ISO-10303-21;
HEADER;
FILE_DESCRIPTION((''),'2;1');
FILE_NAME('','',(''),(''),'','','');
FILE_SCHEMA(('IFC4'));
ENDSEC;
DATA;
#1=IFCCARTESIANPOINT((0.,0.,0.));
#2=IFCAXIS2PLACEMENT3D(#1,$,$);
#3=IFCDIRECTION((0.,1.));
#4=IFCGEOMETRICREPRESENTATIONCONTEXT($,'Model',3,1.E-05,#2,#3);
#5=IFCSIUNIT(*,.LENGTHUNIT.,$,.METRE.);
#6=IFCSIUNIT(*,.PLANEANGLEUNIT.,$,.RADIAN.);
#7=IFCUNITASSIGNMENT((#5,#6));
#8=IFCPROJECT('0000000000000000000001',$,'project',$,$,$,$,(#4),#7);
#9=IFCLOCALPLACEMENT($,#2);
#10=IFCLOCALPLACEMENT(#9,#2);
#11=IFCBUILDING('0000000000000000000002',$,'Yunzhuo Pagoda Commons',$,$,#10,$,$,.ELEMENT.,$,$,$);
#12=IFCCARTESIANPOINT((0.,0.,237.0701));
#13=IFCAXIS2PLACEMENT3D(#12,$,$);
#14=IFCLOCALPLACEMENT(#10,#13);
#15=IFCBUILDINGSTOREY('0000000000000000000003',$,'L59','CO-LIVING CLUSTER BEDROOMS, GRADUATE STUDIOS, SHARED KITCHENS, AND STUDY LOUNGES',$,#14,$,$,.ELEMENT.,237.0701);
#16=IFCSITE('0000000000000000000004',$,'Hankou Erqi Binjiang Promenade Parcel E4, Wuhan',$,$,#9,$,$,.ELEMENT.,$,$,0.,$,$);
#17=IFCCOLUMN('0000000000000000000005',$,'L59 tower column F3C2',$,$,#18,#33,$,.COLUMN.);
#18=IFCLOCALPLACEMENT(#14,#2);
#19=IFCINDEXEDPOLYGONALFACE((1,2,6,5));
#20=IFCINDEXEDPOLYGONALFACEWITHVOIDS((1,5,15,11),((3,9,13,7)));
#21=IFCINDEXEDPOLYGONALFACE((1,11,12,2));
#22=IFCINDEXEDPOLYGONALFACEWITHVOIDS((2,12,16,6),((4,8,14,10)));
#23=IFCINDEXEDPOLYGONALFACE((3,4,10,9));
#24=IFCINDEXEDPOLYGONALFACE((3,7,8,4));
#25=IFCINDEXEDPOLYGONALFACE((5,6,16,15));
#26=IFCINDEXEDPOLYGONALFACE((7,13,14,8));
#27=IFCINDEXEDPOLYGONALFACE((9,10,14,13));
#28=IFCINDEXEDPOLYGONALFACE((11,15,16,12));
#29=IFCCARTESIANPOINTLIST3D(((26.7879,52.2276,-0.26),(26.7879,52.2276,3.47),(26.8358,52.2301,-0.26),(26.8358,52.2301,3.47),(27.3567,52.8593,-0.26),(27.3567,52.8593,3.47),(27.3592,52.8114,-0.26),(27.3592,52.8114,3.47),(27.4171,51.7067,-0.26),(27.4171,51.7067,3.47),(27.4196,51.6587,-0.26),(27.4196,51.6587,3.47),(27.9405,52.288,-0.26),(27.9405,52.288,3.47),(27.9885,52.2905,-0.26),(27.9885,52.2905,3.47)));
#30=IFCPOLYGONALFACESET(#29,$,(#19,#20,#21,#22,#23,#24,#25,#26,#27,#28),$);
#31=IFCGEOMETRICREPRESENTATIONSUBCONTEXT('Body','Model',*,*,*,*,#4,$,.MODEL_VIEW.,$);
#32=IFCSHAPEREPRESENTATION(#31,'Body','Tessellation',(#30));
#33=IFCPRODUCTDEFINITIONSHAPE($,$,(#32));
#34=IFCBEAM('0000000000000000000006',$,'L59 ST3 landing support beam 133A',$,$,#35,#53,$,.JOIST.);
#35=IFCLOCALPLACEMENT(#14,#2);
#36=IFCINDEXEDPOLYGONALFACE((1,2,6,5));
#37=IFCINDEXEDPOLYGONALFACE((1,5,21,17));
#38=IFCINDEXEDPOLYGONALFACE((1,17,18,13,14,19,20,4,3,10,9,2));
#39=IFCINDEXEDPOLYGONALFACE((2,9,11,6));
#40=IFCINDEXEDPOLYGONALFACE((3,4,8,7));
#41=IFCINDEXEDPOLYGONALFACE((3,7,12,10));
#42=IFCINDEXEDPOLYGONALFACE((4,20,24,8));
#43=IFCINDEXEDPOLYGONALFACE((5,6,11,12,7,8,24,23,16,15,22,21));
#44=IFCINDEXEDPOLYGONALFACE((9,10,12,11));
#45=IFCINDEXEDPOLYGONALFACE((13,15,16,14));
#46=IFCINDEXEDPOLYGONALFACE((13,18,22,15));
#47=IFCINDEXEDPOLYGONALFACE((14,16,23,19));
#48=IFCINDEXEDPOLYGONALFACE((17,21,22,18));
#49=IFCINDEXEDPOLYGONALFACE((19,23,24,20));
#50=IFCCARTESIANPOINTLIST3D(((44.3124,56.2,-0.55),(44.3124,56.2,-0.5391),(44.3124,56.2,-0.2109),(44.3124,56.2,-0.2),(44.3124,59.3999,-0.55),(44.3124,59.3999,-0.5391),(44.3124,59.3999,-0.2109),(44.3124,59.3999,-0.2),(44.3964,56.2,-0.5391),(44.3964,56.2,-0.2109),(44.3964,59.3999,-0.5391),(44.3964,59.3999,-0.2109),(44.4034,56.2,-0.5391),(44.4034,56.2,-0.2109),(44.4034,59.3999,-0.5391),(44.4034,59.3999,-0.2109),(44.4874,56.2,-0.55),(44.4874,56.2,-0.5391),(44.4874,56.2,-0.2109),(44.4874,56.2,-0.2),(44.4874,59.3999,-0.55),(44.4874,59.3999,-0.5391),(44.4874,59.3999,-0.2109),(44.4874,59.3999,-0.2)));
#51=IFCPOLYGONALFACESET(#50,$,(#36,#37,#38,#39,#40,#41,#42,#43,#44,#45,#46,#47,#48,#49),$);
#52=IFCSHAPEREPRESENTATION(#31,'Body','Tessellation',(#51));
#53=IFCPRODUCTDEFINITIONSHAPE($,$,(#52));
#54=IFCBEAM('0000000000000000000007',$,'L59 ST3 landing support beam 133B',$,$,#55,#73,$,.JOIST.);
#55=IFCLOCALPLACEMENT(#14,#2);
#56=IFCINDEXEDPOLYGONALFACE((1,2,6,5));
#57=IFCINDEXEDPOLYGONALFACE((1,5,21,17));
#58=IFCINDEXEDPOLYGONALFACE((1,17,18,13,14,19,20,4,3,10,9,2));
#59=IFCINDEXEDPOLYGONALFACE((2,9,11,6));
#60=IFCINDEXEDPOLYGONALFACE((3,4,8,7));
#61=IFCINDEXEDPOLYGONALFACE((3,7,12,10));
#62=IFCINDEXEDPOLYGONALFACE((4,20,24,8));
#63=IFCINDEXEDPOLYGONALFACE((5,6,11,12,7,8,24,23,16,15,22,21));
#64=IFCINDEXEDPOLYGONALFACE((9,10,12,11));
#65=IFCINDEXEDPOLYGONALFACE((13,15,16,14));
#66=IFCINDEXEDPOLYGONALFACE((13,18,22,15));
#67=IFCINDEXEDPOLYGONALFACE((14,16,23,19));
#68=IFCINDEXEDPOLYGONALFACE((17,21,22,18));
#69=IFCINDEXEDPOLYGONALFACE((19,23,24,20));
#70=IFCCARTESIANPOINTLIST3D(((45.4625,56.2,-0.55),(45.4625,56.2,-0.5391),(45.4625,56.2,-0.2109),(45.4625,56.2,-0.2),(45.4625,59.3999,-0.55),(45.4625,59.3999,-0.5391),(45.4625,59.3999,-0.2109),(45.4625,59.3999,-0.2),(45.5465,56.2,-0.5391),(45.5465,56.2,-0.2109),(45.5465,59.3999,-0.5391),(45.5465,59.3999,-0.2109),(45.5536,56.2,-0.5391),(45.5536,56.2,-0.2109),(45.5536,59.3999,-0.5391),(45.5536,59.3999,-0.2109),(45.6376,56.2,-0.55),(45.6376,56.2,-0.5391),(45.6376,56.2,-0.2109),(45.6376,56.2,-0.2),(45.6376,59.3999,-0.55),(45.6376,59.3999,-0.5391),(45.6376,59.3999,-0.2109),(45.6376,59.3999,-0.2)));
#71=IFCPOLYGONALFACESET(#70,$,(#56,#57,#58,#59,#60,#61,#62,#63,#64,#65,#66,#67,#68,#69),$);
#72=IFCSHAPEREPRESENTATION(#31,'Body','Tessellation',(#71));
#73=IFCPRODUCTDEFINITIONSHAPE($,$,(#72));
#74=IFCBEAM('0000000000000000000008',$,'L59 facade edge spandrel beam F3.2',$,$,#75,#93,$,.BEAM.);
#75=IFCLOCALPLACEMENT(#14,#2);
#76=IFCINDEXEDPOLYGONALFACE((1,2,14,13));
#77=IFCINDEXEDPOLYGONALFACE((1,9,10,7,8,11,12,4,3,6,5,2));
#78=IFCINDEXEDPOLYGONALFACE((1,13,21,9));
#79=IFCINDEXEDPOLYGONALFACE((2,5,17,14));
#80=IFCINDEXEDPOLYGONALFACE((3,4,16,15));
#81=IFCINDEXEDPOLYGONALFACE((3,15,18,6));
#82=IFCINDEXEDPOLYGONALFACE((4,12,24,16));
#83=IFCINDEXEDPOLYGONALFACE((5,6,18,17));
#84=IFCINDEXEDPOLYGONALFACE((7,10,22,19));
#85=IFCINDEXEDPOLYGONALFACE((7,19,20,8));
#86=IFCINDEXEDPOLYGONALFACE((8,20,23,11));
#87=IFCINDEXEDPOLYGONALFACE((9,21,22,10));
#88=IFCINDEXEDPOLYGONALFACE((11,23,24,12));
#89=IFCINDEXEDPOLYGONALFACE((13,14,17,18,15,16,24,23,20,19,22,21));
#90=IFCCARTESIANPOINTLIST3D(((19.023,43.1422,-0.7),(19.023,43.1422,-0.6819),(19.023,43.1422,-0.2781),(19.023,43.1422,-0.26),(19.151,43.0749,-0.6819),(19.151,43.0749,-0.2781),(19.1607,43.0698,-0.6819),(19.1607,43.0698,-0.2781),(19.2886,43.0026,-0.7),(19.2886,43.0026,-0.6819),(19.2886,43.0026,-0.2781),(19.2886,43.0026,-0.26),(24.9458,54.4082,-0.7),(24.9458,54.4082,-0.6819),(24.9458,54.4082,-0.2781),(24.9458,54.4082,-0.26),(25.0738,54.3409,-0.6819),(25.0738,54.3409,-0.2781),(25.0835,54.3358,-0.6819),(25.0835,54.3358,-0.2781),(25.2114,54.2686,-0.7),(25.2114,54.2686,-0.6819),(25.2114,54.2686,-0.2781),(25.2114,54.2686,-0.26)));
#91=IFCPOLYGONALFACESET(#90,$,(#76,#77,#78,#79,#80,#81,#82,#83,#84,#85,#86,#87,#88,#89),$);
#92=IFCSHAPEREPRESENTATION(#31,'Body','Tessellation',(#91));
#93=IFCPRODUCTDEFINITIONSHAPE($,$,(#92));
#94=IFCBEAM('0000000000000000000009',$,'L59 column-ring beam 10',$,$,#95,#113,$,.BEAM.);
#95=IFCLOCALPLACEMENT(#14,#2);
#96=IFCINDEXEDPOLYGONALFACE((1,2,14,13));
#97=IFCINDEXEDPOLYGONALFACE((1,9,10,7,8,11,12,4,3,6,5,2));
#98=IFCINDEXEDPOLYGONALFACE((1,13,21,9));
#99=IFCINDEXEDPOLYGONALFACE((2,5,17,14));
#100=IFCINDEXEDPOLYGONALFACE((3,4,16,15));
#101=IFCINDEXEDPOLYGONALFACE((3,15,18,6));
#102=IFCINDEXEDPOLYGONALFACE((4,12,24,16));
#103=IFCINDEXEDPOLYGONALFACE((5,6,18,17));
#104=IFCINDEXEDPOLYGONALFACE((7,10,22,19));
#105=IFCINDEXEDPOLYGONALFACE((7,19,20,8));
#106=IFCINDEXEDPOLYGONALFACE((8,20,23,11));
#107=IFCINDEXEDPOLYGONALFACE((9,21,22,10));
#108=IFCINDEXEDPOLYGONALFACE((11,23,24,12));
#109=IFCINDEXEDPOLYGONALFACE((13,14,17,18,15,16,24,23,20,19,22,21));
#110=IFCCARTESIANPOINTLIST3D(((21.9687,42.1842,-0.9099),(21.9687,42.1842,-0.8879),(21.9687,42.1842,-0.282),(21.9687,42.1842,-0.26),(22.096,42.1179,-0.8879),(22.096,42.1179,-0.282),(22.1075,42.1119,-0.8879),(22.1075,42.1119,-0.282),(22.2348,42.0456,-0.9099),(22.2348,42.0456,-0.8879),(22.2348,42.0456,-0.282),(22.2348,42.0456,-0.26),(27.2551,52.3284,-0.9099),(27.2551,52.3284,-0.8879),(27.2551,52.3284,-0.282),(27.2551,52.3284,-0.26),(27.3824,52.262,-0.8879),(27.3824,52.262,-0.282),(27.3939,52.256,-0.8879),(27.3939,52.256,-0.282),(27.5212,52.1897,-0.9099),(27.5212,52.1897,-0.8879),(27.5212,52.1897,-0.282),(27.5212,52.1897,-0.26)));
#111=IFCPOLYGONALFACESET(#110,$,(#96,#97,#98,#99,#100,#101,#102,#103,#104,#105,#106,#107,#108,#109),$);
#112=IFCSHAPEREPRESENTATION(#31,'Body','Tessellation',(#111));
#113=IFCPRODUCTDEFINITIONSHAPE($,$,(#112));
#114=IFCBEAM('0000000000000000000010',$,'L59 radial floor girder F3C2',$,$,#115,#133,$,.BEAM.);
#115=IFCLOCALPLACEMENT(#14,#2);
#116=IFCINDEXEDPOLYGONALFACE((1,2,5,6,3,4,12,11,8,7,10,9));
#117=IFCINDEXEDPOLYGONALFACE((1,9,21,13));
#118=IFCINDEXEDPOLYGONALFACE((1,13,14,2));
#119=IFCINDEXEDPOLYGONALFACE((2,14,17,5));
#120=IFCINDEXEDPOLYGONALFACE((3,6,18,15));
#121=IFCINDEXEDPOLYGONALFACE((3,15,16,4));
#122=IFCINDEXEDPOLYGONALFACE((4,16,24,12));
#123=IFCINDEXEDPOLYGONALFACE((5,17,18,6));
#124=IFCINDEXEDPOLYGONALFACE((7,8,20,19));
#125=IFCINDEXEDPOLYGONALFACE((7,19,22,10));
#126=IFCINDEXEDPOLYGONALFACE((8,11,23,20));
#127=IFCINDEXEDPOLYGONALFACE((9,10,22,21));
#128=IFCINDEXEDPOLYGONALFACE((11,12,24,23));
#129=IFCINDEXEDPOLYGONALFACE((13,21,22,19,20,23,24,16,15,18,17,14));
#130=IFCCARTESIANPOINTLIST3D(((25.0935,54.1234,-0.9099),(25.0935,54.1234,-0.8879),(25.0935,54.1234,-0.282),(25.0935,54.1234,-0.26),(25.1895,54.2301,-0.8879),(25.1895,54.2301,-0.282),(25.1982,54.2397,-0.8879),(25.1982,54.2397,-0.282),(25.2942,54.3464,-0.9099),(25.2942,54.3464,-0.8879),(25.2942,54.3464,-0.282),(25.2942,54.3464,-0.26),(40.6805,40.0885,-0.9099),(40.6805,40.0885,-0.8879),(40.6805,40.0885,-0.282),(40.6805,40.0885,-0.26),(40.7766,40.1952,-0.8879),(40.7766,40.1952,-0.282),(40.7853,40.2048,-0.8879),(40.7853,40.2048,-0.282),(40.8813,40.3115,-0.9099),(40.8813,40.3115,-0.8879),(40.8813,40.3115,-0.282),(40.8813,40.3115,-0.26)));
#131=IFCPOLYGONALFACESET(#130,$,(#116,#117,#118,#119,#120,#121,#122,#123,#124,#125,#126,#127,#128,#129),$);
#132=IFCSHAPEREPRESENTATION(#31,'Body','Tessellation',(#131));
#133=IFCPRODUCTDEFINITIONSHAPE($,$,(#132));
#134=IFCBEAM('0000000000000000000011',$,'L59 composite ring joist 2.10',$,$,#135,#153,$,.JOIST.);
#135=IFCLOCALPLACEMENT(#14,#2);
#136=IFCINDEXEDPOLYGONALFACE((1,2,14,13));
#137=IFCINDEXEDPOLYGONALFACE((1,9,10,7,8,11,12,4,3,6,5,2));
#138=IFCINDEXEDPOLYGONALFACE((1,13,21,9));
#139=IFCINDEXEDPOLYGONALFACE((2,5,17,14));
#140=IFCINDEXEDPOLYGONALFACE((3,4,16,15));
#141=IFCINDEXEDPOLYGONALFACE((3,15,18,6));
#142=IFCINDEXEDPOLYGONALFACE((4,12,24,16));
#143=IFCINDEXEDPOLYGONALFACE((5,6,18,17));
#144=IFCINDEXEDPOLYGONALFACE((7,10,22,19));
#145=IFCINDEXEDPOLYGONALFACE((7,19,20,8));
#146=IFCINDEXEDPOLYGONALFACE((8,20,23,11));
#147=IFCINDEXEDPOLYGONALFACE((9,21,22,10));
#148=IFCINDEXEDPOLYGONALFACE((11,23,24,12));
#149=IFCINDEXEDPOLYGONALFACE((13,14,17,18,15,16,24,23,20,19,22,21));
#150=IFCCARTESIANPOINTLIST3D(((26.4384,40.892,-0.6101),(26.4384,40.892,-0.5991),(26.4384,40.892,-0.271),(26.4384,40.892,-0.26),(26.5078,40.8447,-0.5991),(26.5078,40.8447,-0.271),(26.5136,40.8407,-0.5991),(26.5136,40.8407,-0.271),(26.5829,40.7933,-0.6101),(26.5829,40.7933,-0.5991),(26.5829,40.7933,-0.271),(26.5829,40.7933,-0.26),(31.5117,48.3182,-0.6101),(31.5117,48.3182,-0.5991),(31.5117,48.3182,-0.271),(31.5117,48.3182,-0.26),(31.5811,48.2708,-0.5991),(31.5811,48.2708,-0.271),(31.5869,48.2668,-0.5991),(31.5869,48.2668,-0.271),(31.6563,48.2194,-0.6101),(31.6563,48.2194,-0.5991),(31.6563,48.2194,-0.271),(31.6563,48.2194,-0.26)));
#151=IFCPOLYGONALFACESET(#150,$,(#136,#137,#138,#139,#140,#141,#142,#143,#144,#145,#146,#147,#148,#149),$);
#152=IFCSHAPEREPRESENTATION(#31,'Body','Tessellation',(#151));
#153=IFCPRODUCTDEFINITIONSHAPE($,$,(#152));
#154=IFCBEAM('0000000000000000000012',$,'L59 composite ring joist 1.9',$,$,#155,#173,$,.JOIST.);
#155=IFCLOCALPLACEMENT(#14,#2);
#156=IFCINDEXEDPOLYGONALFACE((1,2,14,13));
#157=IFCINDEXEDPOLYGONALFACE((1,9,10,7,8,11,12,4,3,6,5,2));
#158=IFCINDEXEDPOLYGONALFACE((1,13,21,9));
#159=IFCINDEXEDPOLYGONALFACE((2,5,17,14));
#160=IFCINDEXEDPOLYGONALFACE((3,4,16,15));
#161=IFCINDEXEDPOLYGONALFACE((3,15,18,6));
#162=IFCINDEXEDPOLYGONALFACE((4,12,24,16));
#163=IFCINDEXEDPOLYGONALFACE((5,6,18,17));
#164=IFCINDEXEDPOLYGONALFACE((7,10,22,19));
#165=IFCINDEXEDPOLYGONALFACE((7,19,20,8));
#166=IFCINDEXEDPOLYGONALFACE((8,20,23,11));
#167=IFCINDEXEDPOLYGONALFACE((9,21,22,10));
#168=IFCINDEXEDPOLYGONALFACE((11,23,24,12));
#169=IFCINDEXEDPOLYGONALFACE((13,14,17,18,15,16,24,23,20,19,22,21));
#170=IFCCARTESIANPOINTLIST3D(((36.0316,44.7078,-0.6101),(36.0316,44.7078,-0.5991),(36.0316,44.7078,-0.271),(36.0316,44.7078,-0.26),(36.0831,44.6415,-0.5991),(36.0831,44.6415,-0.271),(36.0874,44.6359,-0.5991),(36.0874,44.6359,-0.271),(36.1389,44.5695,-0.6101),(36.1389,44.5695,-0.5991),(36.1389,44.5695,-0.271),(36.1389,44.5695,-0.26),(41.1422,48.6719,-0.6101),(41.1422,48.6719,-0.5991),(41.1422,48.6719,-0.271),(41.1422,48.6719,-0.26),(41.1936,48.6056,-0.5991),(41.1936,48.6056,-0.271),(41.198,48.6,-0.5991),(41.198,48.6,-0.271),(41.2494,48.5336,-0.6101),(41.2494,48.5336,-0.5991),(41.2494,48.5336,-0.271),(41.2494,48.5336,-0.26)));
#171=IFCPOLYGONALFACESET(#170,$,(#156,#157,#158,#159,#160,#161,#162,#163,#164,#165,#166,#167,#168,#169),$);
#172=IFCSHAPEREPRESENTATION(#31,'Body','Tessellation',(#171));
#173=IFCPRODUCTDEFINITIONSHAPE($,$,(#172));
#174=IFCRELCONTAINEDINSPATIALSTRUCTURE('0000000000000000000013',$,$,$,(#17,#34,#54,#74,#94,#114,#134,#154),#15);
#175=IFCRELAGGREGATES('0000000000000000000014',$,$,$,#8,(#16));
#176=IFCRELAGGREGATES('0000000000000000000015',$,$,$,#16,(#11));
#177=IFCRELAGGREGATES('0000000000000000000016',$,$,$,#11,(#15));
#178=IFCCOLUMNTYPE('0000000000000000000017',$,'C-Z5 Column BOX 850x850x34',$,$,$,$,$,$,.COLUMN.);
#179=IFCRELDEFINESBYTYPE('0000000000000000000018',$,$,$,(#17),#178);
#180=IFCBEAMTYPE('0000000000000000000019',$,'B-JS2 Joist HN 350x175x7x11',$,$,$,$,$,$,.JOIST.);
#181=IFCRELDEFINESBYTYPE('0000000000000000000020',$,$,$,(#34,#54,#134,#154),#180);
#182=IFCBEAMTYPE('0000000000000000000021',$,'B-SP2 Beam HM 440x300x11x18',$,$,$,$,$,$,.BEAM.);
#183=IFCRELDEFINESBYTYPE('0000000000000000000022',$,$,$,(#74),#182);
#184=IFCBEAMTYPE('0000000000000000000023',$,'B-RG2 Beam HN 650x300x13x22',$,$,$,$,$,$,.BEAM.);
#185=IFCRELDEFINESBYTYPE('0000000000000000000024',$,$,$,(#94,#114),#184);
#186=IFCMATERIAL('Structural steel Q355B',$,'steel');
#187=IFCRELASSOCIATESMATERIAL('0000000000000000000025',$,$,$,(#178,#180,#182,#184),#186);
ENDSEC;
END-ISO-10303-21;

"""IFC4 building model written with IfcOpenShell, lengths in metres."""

from ifc_helpers import new_model, si_unit, direction, frame, origin, origin_2d, place, context, subcontext, project, spatial, hollow_rectangle, i_section, extrude, source, transform, mapped, material, material_profile, profile_set, type_object, element, save


model = new_model("IFC4")

# Units and contexts
model_context = context("Model", 3, precision=1e-05, world=origin(), true_north=direction((0.0, 1.0)))
body_context = subcontext(model_context, "Body", "Model", "MODEL_VIEW")
ifc_project = project(units=[si_unit("LENGTHUNIT", "METRE"), si_unit("PLANEANGLEUNIT", "RADIAN")], contexts=[model_context])

# Site, building, storey
site_placement = place(None, origin())
site = spatial("IfcSite", under=ifc_project, at=site_placement, Name="Hankou Erqi Binjiang Promenade Parcel E4, Wuhan", CompositionType="ELEMENT", RefElevation=0.0)
building_placement = place(site_placement, origin())
building = spatial("IfcBuilding", under=site, at=building_placement, Name="Yunzhuo Pagoda Commons", CompositionType="ELEMENT")
storey_placement = place(building_placement, frame((0.0, 0.0, 237.0701)))
storey = spatial("IfcBuildingStorey", under=building, at=storey_placement, Name="L59", Description="CO-LIVING CLUSTER BEDROOMS, GRADUATE STUDIOS, SHARED KITCHENS, AND STUDY LOUNGES", CompositionType="ELEMENT", Elevation=237.0701)

# Column
ifc_material_1 = material(Name="Structural steel Q355B", Category="steel")
ifc_material_profile_1 = material_profile(ifc_material_1, hollow_rectangle(XDim=0.8501, YDim=0.8501, WallThickness=0.0339, at=origin_2d()), Name="Structural steel Q355B")
ifc_profile_set_1 = profile_set([ifc_material_profile_1], Name="Structural steel Q355B")
column_type = type_object("IfcColumnType", Name="C-Z5 Column BOX 850x850x34", PredefinedType="COLUMN", material=ifc_profile_set_1)
shared_shape_1 = source(origin(), body_context, "Body", "SweptSolid", [
    extrude(hollow_rectangle(XDim=0.8501, YDim=0.8501, WallThickness=0.0339, at=origin_2d()), origin(), (0.0, 0.0, 1.0), 3.73),
])
column_placement = place(storey_placement, frame((27.3882, 52.259, -0.26), z_axis=(0.0, 0.0, 1.0), x_axis=(-0.669131, -0.743145, 0.0)))
element("IfcColumn", 1, at=column_placement, inside=storey, type_object=column_type, Name="L59 tower column F3C2", PredefinedType="COLUMN", context=body_context, shape_type="MappedRepresentation", body=[
    mapped(shared_shape_1, transform((0.0, 0.0, 0.0), scale=1.0)),
])

# Beams
ifc_material_profile_2 = material_profile(ifc_material_1, i_section(OverallWidth=0.175, OverallDepth=0.3501, WebThickness=0.0071, FlangeThickness=0.011, at=origin_2d()), Name="Structural steel Q355B")
ifc_profile_set_2 = profile_set([ifc_material_profile_2], Name="Structural steel Q355B")
beam_type_1 = type_object("IfcBeamType", Name="B-JS2 Joist HN 350x175x7x11", PredefinedType="JOIST", material=ifc_profile_set_2)
shared_shape_2 = source(origin(), body_context, "Body", "SweptSolid", [
    extrude(i_section(OverallWidth=0.175, OverallDepth=0.3501, WebThickness=0.0071, FlangeThickness=0.011, at=origin_2d()), origin(), (0.0, 0.0, 1.0), 3.2),
])
for number, where, z_axis, x_axis, name in (
    (2, (44.3999, 56.2, -0.375), (0.0, 1.0, 0.0), (-1.0, 0.0, 0.0), "L59 ST3 landing support beam 133A"),
    (3, (45.55, 56.2, -0.375), (0.0, 1.0, 0.0), (-1.0, 0.0, 0.0), "L59 ST3 landing support beam 133B"),
):
    element("IfcBeam", number, at=place(storey_placement, frame(where, z_axis=z_axis, x_axis=x_axis)), inside=storey, type_object=beam_type_1, Name=name, PredefinedType="JOIST", context=body_context, shape_type="MappedRepresentation", body=[
        mapped(shared_shape_2, transform((0.0, 0.0, 0.0), scale=1.0)),
    ])
ifc_material_profile_3 = material_profile(ifc_material_1, i_section(OverallWidth=0.3, OverallDepth=0.4399, WebThickness=0.011, FlangeThickness=0.0181, at=origin_2d()), Name="Structural steel Q355B")
ifc_profile_set_3 = profile_set([ifc_material_profile_3], Name="Structural steel Q355B")
beam_type_2 = type_object("IfcBeamType", Name="B-SP2 Beam HM 440x300x11x18", PredefinedType="BEAM", material=ifc_profile_set_3)
shared_shape_3 = source(origin(), body_context, "Body", "SweptSolid", [
    extrude(i_section(OverallWidth=0.3, OverallDepth=0.4399, WebThickness=0.011, FlangeThickness=0.0181, at=origin_2d()), origin(), (0.0, 0.0, 1.0), 12.728),
])
beam_1_placement = place(storey_placement, frame((25.0786, 54.3384, -0.48), z_axis=(-0.465335, -0.885134, 0.0), x_axis=(0.885134, -0.465335, 0.0)))
element("IfcBeam", 4, at=beam_1_placement, inside=storey, type_object=beam_type_2, Name="L59 facade edge spandrel beam F3.2", PredefinedType="BEAM", context=body_context, shape_type="MappedRepresentation", body=[
    mapped(shared_shape_3, transform((0.0, 0.0, 0.0), scale=1.0)),
])
ifc_material_profile_4 = material_profile(ifc_material_1, i_section(OverallWidth=0.3, OverallDepth=0.6499, WebThickness=0.0129, FlangeThickness=0.022, at=origin_2d()), Name="Structural steel Q355B")
ifc_profile_set_4 = profile_set([ifc_material_profile_4], Name="Structural steel Q355B")
beam_type_3 = type_object("IfcBeamType", Name="B-RG2 Beam HN 650x300x13x22", PredefinedType="BEAM", material=ifc_profile_set_4)
shared_shape_4 = source(origin(), body_context, "Body", "SweptSolid", [
    extrude(i_section(OverallWidth=0.3, OverallDepth=0.6499, WebThickness=0.0129, FlangeThickness=0.022, at=origin_2d()), origin(), (0.0, 0.0, 1.0), 11.439),
])
beam_2_placement = place(storey_placement, frame((27.3882, 52.259, -0.585), z_axis=(-0.462142, -0.886806, 0.0), x_axis=(0.886806, -0.462142, 0.0)))
element("IfcBeam", 5, at=beam_2_placement, inside=storey, type_object=beam_type_3, Name="L59 column-ring beam 10", PredefinedType="BEAM", context=body_context, shape_type="MappedRepresentation", body=[
    mapped(shared_shape_4, transform((0.0, 0.0, 0.0), scale=1.0)),
])
shared_shape_5 = source(origin(), body_context, "Body", "SweptSolid", [
    extrude(i_section(OverallWidth=0.3, OverallDepth=0.6499, WebThickness=0.0129, FlangeThickness=0.022, at=origin_2d()), origin(), (0.0, 0.0, 1.0), 20.9746),
])
beam_3_placement = place(storey_placement, frame((25.1938, 54.2349, -0.585), z_axis=(0.743141, -0.669135, 0.0), x_axis=(0.669135, 0.743141, 0.0)))
element("IfcBeam", 6, at=beam_3_placement, inside=storey, type_object=beam_type_3, Name="L59 radial floor girder F3C2", PredefinedType="BEAM", context=body_context, shape_type="MappedRepresentation", body=[
    mapped(shared_shape_5, transform((0.0, 0.0, 0.0), scale=1.0)),
])
shared_shape_6 = source(origin(), body_context, "Body", "SweptSolid", [
    extrude(i_section(OverallWidth=0.175, OverallDepth=0.3501, WebThickness=0.0071, FlangeThickness=0.011, at=origin_2d()), origin(), (0.0, 0.0, 1.0), 8.9937),
])
beam_4_placement = place(storey_placement, frame((31.584, 48.2688, -0.4351), z_axis=(-0.564099, -0.825707, 0.0), x_axis=(0.825707, -0.564099, 0.0)))
element("IfcBeam", 7, at=beam_4_placement, inside=storey, type_object=beam_type_1, Name="L59 composite ring joist 2.10", PredefinedType="JOIST", context=body_context, shape_type="MappedRepresentation", body=[
    mapped(shared_shape_6, transform((0.0, 0.0, 0.0), scale=1.0)),
])
shared_shape_7 = source(origin(), body_context, "Body", "SweptSolid", [
    extrude(i_section(OverallWidth=0.175, OverallDepth=0.3501, WebThickness=0.0071, FlangeThickness=0.011, at=origin_2d()), origin(), (0.0, 0.0, 1.0), 6.4678),
])
beam_5_placement = place(storey_placement, frame((41.1958, 48.6028, -0.4351), z_axis=(-0.79016, -0.6129, 0.0), x_axis=(0.6129, -0.79016, 0.0)))
element("IfcBeam", 8, at=beam_5_placement, inside=storey, type_object=beam_type_1, Name="L59 composite ring joist 1.9", PredefinedType="JOIST", context=body_context, shape_type="MappedRepresentation", body=[
    mapped(shared_shape_7, transform((0.0, 0.0, 0.0), scale=1.0)),
])

save(model, "model.ifc")
